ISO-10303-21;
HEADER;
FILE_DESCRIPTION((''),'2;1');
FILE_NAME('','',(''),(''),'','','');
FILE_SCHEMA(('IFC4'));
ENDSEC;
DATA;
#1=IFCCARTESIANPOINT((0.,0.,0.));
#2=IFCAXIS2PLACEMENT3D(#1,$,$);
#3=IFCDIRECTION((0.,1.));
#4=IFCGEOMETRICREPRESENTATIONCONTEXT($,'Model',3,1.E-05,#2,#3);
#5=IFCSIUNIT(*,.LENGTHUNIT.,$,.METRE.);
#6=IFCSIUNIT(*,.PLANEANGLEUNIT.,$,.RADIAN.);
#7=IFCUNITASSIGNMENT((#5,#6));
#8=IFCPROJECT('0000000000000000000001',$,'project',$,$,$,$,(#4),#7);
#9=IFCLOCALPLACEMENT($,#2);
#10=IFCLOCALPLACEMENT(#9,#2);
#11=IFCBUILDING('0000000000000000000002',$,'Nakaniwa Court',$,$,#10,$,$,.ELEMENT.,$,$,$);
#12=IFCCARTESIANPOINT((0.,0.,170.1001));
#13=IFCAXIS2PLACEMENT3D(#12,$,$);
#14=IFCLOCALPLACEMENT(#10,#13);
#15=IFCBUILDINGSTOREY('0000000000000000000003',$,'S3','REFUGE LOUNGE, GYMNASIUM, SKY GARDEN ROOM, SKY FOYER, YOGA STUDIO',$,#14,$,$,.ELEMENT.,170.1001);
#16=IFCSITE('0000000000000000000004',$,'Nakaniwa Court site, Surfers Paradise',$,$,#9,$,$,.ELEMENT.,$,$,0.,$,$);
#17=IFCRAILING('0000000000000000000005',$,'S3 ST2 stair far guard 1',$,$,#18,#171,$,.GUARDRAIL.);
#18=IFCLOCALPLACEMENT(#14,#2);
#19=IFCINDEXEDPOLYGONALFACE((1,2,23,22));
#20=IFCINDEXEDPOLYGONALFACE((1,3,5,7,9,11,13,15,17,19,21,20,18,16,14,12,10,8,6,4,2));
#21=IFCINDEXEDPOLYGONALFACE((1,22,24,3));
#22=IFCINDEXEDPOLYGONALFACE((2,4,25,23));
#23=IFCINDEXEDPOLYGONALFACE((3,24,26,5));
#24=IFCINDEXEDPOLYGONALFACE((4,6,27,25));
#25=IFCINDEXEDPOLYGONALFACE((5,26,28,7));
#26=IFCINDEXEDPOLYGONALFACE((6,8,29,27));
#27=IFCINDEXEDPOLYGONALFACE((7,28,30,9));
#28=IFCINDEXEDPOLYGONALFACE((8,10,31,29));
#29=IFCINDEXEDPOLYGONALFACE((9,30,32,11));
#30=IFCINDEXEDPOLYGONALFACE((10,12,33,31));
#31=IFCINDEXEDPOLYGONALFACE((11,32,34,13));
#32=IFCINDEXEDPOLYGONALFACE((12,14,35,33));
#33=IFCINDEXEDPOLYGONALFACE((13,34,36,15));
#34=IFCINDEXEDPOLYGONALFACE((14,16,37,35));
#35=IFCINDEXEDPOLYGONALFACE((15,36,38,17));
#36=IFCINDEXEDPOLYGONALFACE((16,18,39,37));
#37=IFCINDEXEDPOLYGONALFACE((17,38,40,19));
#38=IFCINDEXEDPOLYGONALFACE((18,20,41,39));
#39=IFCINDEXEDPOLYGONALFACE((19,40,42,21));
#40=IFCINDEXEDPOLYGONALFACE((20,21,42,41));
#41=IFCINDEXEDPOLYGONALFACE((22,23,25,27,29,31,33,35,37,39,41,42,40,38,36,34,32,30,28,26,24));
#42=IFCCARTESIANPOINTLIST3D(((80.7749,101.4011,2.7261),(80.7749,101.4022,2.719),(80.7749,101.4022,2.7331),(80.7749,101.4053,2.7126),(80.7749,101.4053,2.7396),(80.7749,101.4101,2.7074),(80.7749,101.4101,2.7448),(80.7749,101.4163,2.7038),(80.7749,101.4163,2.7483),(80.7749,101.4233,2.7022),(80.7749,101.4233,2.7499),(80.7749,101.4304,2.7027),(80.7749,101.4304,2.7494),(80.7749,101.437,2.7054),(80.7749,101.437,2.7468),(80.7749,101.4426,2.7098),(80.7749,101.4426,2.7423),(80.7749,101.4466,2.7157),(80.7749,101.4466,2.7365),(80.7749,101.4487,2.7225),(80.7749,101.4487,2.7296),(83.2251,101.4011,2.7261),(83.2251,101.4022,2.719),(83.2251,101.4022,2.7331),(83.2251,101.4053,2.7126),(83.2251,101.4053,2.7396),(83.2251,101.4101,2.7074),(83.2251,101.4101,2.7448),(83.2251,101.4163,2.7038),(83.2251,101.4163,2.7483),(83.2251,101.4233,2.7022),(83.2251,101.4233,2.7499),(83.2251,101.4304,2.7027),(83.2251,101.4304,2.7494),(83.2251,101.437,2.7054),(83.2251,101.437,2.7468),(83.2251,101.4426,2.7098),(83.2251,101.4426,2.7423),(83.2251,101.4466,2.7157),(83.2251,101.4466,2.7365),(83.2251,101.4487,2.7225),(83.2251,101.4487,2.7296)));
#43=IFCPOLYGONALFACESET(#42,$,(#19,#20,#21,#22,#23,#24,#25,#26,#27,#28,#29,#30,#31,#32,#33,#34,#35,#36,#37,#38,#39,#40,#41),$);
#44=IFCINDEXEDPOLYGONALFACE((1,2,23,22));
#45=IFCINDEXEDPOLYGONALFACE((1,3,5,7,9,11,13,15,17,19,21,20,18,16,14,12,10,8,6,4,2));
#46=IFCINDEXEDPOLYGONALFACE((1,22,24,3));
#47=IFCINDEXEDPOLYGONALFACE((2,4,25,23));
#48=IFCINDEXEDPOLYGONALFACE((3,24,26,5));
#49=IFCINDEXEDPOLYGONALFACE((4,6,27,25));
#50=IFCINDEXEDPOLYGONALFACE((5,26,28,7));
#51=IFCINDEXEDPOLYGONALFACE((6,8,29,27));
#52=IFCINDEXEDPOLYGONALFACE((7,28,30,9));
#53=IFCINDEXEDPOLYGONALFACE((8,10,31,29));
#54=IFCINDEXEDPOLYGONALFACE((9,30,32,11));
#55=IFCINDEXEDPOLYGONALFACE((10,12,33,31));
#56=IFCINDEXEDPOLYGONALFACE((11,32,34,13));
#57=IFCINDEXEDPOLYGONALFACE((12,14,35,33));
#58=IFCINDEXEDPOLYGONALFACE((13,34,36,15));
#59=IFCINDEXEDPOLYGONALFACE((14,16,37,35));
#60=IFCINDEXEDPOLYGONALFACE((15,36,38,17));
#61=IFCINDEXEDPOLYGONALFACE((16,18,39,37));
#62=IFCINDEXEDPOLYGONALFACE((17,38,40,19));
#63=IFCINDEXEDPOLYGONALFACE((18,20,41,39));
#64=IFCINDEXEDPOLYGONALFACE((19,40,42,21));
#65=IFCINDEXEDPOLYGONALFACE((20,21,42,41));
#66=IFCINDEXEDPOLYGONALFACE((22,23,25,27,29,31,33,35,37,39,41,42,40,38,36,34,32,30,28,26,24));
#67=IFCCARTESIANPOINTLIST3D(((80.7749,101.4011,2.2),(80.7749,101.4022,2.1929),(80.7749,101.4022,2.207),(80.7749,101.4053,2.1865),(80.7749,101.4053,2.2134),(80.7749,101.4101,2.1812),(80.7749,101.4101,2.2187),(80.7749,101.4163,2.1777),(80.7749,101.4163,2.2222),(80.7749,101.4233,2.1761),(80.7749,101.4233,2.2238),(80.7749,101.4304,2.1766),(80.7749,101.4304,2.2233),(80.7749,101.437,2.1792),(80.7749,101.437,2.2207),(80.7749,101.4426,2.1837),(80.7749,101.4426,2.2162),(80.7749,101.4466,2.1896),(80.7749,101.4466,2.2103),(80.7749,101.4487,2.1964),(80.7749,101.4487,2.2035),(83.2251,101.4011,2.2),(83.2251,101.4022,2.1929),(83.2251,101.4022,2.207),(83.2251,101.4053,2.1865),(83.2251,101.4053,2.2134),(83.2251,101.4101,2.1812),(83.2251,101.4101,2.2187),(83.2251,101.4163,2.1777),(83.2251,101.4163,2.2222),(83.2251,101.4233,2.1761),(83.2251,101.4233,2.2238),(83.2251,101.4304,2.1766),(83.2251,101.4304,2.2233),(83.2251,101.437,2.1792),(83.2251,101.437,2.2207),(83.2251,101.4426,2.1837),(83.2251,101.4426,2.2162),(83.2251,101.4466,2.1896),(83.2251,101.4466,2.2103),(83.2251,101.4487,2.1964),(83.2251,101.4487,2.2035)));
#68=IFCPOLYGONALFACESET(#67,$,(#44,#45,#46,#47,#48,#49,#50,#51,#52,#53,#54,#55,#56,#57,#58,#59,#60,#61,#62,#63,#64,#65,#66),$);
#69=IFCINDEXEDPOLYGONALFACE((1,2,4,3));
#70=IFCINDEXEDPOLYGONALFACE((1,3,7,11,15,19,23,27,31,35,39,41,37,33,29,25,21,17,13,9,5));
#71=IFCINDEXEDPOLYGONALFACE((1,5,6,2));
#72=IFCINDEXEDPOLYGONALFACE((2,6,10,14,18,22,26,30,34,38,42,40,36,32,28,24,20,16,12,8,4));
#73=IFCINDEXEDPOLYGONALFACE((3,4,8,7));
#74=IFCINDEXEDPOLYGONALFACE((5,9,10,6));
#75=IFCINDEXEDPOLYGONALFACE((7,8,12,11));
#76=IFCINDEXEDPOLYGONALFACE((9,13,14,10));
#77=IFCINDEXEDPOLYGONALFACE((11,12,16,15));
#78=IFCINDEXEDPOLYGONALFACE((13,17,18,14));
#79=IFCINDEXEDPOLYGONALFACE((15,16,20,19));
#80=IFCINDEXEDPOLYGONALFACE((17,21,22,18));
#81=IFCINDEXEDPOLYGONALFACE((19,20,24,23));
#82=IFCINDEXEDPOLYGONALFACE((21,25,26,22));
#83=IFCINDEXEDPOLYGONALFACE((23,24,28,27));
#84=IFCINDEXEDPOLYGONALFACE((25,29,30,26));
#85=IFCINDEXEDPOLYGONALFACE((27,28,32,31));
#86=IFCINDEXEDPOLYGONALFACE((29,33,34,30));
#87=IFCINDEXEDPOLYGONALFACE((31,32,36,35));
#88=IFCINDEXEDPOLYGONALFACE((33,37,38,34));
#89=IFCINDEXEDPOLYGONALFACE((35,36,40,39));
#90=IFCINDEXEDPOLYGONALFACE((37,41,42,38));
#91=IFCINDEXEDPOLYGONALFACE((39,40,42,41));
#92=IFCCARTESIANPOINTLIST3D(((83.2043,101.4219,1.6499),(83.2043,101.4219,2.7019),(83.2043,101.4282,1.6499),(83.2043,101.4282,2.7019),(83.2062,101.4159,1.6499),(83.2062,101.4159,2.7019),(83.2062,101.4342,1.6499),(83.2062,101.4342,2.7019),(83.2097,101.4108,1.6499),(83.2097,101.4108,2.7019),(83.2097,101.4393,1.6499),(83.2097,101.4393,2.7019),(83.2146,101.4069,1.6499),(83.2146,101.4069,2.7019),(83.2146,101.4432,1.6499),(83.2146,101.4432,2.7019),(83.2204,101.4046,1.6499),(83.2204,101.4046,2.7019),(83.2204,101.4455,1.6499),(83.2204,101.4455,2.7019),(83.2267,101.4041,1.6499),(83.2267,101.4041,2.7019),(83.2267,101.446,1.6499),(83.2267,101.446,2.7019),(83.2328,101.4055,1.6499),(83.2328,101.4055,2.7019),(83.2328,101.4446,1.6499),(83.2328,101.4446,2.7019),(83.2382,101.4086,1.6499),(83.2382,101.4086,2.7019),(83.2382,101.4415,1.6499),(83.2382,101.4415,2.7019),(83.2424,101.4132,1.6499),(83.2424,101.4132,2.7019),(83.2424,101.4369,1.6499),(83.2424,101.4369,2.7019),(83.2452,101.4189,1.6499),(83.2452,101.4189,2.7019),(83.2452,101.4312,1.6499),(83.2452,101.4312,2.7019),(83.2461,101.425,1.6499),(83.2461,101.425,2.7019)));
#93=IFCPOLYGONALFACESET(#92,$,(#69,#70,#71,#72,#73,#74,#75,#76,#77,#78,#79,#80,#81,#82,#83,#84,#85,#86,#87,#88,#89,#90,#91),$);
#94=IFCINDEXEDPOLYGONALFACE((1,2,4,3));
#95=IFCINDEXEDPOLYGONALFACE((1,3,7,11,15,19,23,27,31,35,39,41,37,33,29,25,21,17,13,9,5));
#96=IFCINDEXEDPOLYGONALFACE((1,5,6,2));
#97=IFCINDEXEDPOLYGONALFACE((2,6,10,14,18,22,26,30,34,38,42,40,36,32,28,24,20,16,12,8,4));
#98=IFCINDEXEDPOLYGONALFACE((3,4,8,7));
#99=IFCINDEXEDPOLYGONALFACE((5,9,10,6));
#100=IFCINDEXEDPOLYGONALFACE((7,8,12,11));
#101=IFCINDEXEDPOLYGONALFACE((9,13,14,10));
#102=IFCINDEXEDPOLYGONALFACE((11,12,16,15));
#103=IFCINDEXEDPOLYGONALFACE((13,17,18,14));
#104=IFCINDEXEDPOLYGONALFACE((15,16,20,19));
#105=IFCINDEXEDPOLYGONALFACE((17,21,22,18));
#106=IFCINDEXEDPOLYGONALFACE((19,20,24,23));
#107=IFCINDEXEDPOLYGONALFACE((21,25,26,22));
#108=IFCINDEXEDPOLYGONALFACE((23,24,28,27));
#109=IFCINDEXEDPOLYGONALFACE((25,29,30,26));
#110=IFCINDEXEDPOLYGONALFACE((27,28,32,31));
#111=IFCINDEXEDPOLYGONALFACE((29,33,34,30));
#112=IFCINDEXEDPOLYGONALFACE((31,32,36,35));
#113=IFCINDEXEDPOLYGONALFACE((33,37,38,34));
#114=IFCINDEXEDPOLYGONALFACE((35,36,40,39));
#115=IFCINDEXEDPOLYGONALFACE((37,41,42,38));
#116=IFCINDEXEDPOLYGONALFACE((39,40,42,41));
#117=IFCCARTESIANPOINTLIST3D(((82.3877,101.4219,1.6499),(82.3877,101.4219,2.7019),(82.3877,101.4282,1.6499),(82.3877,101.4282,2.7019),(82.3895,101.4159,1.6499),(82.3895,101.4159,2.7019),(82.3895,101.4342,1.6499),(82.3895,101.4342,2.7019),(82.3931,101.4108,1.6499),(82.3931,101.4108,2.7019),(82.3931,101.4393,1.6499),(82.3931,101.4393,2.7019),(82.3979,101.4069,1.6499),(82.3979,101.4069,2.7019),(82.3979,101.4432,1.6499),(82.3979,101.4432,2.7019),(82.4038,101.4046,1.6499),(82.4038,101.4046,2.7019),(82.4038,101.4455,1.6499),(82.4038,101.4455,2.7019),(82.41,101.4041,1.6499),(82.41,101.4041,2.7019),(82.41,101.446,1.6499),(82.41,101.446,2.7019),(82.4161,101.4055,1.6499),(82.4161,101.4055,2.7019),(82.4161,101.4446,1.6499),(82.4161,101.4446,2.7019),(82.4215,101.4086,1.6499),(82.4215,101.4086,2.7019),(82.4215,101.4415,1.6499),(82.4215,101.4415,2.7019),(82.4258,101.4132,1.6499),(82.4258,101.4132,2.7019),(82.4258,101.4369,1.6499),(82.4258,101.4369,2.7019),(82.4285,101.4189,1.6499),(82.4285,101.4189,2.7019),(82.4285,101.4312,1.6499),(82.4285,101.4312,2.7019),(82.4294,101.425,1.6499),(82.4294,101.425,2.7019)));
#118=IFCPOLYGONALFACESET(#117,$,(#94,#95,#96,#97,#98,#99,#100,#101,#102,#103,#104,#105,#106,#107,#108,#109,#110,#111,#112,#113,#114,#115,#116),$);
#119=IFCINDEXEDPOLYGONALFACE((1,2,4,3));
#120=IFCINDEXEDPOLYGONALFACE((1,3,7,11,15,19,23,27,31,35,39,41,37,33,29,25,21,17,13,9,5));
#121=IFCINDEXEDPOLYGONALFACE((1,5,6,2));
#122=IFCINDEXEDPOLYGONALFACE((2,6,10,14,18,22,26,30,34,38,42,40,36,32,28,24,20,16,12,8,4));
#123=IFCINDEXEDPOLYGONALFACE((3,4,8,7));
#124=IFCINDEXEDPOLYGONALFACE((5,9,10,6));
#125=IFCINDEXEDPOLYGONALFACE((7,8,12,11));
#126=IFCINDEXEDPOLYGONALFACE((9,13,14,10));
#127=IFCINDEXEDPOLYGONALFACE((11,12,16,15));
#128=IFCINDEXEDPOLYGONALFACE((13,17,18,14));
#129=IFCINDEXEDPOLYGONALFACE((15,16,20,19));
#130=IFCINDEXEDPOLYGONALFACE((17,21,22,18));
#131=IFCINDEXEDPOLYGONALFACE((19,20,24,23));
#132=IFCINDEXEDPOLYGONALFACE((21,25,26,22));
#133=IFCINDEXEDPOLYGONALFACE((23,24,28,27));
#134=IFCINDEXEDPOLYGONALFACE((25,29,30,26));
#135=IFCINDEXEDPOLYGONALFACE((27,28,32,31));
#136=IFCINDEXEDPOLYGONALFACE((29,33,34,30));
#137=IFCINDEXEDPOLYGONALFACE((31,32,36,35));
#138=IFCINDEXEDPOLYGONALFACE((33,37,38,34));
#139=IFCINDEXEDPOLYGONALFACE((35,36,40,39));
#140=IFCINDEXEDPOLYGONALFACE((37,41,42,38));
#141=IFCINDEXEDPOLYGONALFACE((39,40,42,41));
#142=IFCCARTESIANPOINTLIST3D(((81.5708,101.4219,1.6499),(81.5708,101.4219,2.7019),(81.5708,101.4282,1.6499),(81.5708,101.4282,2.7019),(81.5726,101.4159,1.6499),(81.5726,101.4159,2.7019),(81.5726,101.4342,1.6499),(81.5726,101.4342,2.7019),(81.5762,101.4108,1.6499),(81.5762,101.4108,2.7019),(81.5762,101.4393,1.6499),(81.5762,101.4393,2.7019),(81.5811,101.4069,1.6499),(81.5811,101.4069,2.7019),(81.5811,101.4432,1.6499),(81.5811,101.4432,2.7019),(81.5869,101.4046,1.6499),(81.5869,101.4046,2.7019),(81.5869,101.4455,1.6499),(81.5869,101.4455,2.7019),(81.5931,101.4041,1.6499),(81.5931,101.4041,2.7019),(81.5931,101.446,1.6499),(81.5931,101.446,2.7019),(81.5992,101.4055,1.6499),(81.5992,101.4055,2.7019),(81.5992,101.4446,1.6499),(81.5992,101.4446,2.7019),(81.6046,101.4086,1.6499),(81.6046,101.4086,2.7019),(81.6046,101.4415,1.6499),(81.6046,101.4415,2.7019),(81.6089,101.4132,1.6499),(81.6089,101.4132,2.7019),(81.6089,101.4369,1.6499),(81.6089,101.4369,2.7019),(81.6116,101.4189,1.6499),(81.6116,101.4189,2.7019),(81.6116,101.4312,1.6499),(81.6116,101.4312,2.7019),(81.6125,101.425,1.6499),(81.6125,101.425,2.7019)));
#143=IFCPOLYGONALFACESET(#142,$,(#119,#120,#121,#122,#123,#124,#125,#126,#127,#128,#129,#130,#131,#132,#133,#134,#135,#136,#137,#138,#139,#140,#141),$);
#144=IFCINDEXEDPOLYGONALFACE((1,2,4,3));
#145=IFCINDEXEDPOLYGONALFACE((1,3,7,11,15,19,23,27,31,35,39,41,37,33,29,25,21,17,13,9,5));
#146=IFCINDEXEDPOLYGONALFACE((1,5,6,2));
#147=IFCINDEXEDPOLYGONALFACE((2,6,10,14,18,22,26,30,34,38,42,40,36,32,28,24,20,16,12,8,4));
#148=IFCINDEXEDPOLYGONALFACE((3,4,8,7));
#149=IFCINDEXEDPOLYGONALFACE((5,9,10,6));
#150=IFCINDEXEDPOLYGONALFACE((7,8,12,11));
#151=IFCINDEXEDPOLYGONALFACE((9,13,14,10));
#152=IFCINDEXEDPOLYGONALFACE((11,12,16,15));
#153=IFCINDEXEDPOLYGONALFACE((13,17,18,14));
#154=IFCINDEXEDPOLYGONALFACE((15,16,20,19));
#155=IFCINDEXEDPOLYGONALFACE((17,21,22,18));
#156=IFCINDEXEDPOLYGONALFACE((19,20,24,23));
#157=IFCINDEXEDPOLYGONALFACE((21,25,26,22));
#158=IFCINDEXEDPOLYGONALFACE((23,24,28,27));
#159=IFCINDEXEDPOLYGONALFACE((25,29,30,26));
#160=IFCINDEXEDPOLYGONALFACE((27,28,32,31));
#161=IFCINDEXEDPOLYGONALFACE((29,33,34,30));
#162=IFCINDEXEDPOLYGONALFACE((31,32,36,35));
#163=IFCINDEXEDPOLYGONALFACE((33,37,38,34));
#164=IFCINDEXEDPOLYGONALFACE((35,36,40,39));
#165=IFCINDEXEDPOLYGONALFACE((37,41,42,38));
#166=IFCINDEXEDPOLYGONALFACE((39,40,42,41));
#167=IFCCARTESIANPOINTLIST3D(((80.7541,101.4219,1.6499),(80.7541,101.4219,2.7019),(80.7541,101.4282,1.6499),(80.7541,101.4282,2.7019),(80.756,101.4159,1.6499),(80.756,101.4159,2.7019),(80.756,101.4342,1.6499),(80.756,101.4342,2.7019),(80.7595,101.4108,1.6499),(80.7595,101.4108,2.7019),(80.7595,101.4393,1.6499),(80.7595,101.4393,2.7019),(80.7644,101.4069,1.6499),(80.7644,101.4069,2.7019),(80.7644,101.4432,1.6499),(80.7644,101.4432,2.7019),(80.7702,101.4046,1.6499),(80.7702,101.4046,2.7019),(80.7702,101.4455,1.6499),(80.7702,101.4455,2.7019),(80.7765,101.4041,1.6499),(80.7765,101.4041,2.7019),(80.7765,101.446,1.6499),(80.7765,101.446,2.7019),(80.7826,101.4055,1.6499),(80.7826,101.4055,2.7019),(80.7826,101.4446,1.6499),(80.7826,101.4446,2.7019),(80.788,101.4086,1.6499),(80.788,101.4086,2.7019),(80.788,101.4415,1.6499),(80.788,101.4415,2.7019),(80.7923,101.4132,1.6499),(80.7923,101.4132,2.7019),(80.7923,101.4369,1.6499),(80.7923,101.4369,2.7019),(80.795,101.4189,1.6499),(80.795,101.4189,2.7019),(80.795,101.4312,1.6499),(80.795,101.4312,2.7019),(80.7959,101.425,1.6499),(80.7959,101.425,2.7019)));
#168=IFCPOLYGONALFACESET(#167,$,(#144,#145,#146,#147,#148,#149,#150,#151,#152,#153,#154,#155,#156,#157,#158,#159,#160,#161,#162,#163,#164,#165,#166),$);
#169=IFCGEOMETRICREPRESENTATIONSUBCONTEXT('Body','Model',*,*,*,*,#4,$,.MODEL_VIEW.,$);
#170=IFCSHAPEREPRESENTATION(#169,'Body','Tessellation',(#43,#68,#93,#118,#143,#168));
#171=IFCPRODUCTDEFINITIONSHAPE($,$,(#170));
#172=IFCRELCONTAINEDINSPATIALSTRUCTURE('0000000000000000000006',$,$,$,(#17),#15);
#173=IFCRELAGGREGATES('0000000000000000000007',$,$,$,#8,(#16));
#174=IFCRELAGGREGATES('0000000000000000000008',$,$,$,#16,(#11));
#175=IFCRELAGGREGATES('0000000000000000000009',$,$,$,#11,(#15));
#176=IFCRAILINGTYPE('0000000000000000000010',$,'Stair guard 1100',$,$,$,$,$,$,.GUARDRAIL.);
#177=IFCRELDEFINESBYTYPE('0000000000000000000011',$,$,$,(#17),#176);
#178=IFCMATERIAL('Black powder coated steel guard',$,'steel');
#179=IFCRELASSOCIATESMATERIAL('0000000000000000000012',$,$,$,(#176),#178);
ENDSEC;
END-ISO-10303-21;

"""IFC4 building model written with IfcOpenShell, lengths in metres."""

from ifc_helpers import new_model, si_unit, direction, frame, origin, origin_2d, place, context, subcontext, project, spatial, circle, extrude, material, type_object, element, save


model = new_model("IFC4")

# Units and contexts
model_context = context("Model", 3, precision=1e-05, world=origin(), true_north=direction((0.0, 1.0)))
body_context = subcontext(model_context, "Body", "Model", "MODEL_VIEW")
ifc_project = project(units=[si_unit("LENGTHUNIT", "METRE"), si_unit("PLANEANGLEUNIT", "RADIAN")], contexts=[model_context])

# Site, building, storey
site_placement = place(None, origin())
site = spatial("IfcSite", under=ifc_project, at=site_placement, Name="Nakaniwa Court site, Surfers Paradise", CompositionType="ELEMENT", RefElevation=0.0)
building_placement = place(site_placement, origin())
building = spatial("IfcBuilding", under=site, at=building_placement, Name="Nakaniwa Court", CompositionType="ELEMENT")
storey_placement = place(building_placement, frame((0.0, 0.0, 170.1001)))
storey = spatial("IfcBuildingStorey", under=building, at=storey_placement, Name="S3", Description="REFUGE LOUNGE, GYMNASIUM, SKY GARDEN ROOM, SKY FOYER, YOGA STUDIO", CompositionType="ELEMENT", Elevation=170.1001)

# Railing
ifc_material_1 = material(Name="Black powder coated steel guard", Category="steel")
railing_type_1 = type_object("IfcRailingType", Name="Stair guard 1100", PredefinedType="GUARDRAIL", material=ifc_material_1)
for number, where, name in (
    (1, (83.2251, 101.425, 1.6499), "S3 ST2 stair far guard 1"),
):
    element("IfcRailing", number, at=place(storey_placement, frame(where)), inside=storey, type_object=railing_type_1, Name=name, PredefinedType="GUARDRAIL", context=body_context, shape_type="SweptSolid", body=[
        extrude(circle(Radius=0.0239, at=origin_2d()), frame((0.0, 0.0, 1.0762), z_axis=(-1.0, 0.0, 0.0), x_axis=(0.0, -1.0, 0.0)), (0.0, 0.0, 1.0), 2.4502),
        extrude(circle(Radius=0.0239, at=origin_2d()), frame((0.0, 0.0, 0.55), z_axis=(-1.0, 0.0, 0.0), x_axis=(0.0, -1.0, 0.0)), (0.0, 0.0, 1.0), 2.4502),
        extrude(circle(Radius=0.021, at=origin_2d()), origin(), (0.0, 0.0, 1.0), 1.052),
        extrude(circle(Radius=0.021, at=origin_2d()), frame((-0.8167, 0.0, 0.0)), (0.0, 0.0, 1.0), 1.052),
        extrude(circle(Radius=0.021, at=origin_2d()), frame((-1.6335, 0.0, 0.0)), (0.0, 0.0, 1.0), 1.052),
        extrude(circle(Radius=0.021, at=origin_2d()), frame((-2.4502, 0.0, 0.0)), (0.0, 0.0, 1.0), 1.052),
    ])

save(model, "model.ifc")
